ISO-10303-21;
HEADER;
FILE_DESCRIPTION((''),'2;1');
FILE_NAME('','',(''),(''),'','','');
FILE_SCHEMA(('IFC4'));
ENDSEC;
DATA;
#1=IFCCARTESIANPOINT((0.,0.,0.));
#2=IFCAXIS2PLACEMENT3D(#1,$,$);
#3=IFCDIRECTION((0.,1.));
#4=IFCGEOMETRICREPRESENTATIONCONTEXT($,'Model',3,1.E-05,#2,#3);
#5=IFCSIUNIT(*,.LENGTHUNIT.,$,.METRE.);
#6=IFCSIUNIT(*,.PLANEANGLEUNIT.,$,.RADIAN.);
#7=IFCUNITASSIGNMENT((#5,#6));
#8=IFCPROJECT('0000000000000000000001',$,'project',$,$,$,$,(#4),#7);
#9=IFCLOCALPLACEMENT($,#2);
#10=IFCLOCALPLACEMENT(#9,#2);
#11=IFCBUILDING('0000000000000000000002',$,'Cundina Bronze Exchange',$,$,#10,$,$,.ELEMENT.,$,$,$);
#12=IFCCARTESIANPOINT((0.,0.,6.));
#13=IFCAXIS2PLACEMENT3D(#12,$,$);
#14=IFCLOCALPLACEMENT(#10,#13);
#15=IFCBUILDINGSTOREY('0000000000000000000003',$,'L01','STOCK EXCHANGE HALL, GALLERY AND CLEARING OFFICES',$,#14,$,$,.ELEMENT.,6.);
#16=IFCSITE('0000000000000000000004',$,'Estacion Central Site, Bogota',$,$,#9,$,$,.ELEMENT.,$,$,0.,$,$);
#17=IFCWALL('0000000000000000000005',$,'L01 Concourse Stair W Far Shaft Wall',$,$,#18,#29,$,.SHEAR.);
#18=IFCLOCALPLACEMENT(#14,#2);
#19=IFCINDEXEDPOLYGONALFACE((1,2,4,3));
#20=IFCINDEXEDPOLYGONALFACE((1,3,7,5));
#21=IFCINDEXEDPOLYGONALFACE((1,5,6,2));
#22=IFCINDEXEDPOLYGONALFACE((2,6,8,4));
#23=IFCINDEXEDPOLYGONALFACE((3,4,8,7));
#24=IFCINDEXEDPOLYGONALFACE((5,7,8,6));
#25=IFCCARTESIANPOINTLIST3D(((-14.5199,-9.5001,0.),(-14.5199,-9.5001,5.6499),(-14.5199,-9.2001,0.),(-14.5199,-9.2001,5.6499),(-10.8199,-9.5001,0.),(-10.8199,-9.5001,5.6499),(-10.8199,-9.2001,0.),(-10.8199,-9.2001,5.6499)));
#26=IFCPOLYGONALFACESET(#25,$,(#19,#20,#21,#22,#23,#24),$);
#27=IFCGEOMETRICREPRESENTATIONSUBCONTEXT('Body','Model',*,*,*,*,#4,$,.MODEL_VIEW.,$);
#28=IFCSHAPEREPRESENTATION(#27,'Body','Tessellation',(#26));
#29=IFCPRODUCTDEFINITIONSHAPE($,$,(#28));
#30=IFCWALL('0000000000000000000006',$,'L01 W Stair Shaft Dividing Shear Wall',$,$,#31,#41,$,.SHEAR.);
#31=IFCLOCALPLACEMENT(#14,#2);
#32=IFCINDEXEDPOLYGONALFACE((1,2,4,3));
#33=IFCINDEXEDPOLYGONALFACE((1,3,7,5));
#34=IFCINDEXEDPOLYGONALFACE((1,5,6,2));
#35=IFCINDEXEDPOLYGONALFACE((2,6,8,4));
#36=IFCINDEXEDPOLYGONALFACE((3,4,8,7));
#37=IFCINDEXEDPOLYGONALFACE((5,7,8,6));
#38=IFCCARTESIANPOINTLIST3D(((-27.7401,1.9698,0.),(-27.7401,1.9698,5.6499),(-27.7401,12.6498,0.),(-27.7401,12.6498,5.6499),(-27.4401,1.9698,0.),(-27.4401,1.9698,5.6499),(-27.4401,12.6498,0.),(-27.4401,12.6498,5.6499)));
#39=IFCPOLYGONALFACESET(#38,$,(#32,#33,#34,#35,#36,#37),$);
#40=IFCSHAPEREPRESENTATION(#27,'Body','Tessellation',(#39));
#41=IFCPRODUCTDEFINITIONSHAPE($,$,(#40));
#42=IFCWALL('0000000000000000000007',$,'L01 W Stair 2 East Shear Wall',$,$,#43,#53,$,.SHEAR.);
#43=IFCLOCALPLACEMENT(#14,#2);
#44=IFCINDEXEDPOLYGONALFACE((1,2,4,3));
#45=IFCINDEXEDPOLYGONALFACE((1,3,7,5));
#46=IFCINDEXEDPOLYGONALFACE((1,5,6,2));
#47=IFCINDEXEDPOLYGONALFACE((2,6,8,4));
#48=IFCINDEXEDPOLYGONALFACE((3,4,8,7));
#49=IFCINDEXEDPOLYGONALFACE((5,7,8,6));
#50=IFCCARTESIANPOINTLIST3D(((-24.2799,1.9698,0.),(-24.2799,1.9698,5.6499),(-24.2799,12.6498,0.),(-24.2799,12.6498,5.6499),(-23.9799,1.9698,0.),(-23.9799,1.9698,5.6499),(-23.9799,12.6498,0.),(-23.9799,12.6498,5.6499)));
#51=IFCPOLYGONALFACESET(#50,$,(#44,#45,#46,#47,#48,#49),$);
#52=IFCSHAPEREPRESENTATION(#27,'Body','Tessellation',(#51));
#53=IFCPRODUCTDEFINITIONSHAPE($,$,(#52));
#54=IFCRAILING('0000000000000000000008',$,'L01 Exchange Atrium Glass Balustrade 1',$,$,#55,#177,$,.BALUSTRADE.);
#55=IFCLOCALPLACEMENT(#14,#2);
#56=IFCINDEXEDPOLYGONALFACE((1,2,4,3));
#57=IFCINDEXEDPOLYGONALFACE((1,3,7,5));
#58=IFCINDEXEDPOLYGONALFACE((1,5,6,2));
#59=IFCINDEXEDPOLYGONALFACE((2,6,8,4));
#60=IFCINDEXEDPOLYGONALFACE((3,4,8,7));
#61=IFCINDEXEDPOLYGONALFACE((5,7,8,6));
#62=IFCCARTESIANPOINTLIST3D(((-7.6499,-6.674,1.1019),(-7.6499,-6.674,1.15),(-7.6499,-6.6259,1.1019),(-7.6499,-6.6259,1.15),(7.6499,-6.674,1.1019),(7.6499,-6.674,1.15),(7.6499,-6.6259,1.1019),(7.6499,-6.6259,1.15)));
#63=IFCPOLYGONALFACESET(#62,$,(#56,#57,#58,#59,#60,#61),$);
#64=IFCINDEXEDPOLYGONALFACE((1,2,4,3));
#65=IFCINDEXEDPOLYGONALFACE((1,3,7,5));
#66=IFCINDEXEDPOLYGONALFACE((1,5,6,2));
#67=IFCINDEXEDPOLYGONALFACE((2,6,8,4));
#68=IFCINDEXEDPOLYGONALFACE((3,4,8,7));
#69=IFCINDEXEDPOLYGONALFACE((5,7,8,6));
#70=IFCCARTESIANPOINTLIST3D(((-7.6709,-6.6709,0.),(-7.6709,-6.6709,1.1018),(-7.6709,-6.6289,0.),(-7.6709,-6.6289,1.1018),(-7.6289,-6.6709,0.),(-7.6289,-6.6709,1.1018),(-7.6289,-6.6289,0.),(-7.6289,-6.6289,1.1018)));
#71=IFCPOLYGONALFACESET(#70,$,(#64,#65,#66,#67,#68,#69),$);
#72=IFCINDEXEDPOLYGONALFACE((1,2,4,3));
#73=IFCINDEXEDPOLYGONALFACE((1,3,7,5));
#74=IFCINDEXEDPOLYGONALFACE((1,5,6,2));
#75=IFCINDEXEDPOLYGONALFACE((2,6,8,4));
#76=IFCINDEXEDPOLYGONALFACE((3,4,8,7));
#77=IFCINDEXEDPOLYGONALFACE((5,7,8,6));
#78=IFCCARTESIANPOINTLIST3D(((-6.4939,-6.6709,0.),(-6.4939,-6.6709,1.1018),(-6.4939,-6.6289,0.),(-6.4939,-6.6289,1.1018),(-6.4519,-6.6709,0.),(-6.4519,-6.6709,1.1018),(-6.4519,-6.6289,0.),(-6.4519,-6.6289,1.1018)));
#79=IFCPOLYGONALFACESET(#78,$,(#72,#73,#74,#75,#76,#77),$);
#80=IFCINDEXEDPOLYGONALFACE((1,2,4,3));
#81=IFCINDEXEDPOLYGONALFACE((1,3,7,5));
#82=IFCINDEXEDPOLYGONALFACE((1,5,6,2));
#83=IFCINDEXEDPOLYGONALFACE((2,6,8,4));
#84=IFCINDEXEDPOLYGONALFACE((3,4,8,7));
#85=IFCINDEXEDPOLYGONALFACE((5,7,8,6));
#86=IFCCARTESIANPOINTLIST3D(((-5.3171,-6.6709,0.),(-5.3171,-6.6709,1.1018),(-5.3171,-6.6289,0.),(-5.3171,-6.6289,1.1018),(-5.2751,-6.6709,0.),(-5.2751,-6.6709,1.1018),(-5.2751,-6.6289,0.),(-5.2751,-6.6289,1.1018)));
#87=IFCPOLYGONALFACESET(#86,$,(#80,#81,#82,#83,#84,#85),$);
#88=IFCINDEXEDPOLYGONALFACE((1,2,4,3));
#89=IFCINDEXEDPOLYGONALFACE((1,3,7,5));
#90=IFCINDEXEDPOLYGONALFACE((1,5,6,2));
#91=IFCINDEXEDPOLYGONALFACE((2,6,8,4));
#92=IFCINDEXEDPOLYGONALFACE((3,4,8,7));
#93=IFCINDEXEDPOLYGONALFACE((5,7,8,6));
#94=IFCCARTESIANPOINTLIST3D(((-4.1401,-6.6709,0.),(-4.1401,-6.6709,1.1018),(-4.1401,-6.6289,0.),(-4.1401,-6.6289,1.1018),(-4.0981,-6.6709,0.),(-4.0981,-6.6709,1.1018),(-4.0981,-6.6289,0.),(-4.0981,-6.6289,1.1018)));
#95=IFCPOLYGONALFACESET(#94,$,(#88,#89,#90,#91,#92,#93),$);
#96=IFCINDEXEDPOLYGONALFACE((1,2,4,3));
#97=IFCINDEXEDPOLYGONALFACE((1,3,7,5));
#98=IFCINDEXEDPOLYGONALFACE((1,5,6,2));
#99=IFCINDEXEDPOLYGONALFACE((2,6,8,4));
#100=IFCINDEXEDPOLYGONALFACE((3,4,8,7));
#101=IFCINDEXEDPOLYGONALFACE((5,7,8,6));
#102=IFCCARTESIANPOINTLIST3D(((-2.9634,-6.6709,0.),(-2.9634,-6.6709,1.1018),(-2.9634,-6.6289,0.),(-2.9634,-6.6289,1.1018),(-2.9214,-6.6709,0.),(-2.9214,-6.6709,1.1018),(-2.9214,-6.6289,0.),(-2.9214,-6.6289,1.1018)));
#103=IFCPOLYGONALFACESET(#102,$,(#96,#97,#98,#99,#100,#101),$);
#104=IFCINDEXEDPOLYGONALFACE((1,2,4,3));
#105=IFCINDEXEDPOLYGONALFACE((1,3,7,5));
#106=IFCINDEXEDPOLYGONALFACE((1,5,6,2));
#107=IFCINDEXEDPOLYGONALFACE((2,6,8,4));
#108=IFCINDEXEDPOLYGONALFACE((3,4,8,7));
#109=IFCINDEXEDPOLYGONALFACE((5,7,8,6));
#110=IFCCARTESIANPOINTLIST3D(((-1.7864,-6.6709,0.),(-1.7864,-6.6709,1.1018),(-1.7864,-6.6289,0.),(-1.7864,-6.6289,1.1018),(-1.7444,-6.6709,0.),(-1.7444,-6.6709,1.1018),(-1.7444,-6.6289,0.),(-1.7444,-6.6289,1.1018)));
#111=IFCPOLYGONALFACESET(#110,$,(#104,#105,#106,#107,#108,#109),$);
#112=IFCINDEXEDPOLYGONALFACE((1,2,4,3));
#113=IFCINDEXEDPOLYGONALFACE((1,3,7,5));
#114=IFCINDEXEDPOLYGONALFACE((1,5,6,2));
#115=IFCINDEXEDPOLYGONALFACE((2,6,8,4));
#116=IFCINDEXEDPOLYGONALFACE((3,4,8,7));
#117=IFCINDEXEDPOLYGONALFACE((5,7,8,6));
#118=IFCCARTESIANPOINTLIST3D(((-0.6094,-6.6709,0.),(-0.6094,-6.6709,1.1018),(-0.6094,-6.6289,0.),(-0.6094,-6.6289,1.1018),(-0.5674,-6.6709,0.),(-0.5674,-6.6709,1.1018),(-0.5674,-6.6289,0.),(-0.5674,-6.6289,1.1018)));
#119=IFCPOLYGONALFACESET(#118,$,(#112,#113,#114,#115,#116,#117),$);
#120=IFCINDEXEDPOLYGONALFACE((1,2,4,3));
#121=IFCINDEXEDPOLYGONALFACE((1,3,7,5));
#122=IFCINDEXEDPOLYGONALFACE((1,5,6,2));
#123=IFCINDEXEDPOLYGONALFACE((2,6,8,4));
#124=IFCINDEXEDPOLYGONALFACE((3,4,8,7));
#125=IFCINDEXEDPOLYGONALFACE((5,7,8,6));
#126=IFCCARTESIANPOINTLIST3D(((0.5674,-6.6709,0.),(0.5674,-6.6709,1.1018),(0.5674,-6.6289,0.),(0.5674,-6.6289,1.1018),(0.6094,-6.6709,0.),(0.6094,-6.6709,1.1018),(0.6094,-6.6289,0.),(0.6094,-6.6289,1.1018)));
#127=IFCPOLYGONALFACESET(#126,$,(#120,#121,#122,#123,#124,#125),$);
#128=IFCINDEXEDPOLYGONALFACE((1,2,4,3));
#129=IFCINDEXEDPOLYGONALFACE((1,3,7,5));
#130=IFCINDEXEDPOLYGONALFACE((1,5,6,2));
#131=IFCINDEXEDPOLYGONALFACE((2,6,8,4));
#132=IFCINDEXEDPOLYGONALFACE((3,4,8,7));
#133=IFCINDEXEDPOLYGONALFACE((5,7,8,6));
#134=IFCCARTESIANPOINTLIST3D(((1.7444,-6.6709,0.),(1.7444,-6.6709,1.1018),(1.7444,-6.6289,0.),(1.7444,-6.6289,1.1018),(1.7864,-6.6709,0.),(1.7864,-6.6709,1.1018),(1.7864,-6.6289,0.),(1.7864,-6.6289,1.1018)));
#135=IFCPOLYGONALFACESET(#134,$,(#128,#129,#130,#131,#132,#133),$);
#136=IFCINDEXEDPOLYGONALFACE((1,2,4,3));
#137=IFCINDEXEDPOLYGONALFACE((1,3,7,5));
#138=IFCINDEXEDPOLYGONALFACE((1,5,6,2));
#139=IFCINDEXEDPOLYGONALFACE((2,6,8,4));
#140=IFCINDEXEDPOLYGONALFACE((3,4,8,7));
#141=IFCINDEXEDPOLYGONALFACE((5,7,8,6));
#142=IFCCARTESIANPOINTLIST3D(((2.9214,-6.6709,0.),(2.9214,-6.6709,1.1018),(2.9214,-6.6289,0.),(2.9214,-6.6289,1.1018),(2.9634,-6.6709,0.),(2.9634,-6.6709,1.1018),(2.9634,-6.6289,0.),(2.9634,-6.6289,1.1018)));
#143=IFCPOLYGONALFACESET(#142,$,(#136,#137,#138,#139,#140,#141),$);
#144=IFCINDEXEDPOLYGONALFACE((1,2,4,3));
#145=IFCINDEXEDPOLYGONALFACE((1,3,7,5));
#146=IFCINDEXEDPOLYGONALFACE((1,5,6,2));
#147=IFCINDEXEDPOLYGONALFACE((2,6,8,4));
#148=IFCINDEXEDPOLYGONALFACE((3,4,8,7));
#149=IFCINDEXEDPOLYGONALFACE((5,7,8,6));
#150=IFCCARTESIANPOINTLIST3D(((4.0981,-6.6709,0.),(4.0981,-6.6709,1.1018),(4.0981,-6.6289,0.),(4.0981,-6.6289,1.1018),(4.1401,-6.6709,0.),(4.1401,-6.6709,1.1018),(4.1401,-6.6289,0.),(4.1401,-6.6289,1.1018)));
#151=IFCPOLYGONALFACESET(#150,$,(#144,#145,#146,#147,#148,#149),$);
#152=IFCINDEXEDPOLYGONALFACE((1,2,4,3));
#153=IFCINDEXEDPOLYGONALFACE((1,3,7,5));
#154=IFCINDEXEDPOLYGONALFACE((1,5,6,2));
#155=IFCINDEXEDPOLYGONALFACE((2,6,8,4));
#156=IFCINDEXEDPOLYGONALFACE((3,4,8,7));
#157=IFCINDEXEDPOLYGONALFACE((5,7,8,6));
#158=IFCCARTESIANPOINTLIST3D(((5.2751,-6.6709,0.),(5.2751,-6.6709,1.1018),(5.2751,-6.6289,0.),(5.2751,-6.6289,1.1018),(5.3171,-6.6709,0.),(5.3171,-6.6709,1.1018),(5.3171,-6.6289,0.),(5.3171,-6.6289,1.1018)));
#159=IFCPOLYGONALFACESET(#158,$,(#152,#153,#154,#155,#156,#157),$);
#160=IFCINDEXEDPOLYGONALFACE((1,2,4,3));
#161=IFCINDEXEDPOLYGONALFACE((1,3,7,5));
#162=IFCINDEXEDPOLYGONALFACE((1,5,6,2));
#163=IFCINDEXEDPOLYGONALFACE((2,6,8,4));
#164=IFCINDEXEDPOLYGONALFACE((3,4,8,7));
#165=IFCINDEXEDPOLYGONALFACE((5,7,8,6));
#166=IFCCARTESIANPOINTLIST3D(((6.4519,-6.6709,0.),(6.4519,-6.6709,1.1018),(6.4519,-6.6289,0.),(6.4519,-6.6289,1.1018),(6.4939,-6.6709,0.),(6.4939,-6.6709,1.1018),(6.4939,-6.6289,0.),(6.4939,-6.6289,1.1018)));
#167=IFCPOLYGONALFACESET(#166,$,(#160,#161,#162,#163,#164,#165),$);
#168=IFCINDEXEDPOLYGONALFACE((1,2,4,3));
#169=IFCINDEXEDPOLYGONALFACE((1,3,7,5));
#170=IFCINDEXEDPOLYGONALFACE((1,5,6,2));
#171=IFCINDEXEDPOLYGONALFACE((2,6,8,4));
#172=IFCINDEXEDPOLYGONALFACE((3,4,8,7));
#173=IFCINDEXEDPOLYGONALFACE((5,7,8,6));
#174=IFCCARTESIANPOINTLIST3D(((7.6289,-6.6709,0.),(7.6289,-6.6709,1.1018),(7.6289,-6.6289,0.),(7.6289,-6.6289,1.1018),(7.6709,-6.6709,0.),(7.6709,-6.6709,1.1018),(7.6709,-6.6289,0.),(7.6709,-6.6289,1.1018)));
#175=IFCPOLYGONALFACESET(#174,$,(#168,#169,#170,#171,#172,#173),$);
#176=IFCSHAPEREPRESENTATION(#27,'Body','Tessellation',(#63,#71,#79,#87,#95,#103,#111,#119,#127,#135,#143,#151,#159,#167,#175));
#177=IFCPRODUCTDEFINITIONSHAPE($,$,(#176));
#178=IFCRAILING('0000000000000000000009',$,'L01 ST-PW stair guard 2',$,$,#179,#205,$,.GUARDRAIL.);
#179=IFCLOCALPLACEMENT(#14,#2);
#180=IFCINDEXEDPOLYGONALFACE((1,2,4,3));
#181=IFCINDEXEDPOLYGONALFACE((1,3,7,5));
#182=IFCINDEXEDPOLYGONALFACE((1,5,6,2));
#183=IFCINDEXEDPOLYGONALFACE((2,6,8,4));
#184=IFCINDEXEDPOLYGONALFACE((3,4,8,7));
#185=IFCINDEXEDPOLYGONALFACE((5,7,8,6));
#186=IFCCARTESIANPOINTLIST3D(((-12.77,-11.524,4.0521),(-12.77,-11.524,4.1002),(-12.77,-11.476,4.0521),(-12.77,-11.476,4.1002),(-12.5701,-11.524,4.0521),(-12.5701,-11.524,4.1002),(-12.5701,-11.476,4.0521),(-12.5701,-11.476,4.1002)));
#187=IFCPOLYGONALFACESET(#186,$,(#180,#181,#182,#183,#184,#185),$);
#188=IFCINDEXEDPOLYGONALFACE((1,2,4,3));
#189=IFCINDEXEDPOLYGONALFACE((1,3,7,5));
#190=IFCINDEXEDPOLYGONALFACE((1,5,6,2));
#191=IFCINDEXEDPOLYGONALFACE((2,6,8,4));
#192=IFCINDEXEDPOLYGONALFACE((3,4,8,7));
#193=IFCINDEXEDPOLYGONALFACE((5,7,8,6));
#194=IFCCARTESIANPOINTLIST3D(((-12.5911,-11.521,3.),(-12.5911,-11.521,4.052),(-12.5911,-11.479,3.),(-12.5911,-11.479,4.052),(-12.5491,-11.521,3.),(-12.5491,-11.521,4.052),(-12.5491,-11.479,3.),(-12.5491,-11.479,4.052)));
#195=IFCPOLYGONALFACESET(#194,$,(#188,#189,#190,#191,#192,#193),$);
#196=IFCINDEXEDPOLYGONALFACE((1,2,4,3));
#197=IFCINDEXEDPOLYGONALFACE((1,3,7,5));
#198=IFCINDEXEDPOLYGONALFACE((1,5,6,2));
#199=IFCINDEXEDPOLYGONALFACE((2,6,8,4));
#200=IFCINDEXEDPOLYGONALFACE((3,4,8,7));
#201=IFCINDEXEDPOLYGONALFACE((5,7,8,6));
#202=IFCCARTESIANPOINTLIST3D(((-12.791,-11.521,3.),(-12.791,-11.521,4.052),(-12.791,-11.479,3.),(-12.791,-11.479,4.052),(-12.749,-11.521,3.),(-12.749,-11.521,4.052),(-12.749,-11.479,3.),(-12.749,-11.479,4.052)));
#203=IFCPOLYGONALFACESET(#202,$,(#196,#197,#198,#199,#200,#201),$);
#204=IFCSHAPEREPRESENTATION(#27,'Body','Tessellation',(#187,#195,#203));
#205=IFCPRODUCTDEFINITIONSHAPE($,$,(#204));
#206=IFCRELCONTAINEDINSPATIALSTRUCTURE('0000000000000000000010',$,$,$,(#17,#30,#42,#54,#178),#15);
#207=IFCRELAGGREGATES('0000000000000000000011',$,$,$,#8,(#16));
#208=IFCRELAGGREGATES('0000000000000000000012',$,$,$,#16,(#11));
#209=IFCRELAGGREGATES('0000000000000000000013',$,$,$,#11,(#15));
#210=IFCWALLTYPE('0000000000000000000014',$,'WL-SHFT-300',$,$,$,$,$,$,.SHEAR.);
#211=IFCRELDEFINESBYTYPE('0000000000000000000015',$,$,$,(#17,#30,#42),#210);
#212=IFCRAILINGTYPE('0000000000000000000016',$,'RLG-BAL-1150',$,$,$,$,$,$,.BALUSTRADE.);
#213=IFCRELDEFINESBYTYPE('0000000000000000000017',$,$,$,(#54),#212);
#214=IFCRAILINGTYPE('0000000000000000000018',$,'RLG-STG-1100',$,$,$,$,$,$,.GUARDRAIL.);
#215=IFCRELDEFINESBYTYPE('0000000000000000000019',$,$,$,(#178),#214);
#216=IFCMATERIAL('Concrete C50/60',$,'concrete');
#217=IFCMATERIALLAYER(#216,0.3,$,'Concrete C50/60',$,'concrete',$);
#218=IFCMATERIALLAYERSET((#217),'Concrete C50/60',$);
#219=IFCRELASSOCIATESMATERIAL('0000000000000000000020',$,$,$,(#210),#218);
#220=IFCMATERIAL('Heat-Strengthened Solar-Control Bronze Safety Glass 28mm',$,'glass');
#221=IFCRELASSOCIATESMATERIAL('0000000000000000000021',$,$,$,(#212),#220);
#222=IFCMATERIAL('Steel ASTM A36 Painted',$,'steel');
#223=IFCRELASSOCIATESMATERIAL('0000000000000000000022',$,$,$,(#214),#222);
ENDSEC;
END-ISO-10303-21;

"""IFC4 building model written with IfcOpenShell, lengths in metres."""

from ifc_helpers import new_model, si_unit, direction, frame, frame_2d, origin, origin_2d, place, context, subcontext, project, spatial, rectangle, extrude, material, layer, layer_set, type_object, element, save


model = new_model("IFC4")

# Units and contexts
model_context = context("Model", 3, precision=1e-05, world=origin(), true_north=direction((0.0, 1.0)))
body_context = subcontext(model_context, "Body", "Model", "MODEL_VIEW")
ifc_project = project(units=[si_unit("LENGTHUNIT", "METRE"), si_unit("PLANEANGLEUNIT", "RADIAN")], contexts=[model_context])

# Site, building, storey
site_placement = place(None, origin())
site = spatial("IfcSite", under=ifc_project, at=site_placement, Name="Estacion Central Site, Bogota", CompositionType="ELEMENT", RefElevation=0.0)
building_placement = place(site_placement, origin())
building = spatial("IfcBuilding", under=site, at=building_placement, Name="Cundina Bronze Exchange", CompositionType="ELEMENT")
storey_placement = place(building_placement, frame((0.0, 0.0, 6.0)))
storey = spatial("IfcBuildingStorey", under=building, at=storey_placement, Name="L01", Description="STOCK EXCHANGE HALL, GALLERY AND CLEARING OFFICES", CompositionType="ELEMENT", Elevation=6.0)

# Shared definitions
ifc_material_1 = material(Name="Concrete C50/60", Category="concrete")

# Shared definitions
ifc_material_2 = material(Name="Steel ASTM A36 Painted", Category="steel")

# Walls
ifc_layer_1 = layer(ifc_material_1, 0.3, Name="Concrete C50/60", Category="concrete")
ifc_layer_set_1 = layer_set([ifc_layer_1], Name="Concrete C50/60")
wall_type_1 = type_object("IfcWallType", Name="WL-SHFT-300", PredefinedType="SHEAR", material=ifc_layer_set_1)
wall_1_placement = place(storey_placement, frame((-14.52, -9.3501, 0.0), z_axis=(0.0, 0.0, 1.0), x_axis=(1.0, 0.0, 0.0)))
element("IfcWall", 1, at=wall_1_placement, inside=storey, type_object=wall_type_1, Name="L01 Concourse Stair W Far Shaft Wall", PredefinedType="SHEAR", context=body_context, shape_type="SweptSolid", body=[
    extrude(rectangle(XDim=3.7, YDim=0.3, at=frame_2d((1.8501, 0.0))), origin(), (0.0, 0.0, 1.0), 5.6499),
])
for number, where, z_axis, x_axis, name in (
    (2, (-27.5901, 1.97, 0.0), (0.0, 0.0, 1.0), (0.0, 1.0, 0.0), "L01 W Stair Shaft Dividing Shear Wall"),
    (3, (-24.1299, 1.97, 0.0), (0.0, 0.0, 1.0), (0.0, 1.0, 0.0), "L01 W Stair 2 East Shear Wall"),
):
    element("IfcWall", number, at=place(storey_placement, frame(where, z_axis=z_axis, x_axis=x_axis)), inside=storey, type_object=wall_type_1, Name=name, PredefinedType="SHEAR", context=body_context, shape_type="SweptSolid", body=[
        extrude(rectangle(XDim=10.6799, YDim=0.3, at=frame_2d((5.3398, 0.0))), origin(), (0.0, 0.0, 1.0), 5.6499),
    ])

# Railings
ifc_material_3 = material(Name="Heat-Strengthened Solar-Control Bronze Safety Glass 28mm", Category="glass")
railing_type_1 = type_object("IfcRailingType", Name="RLG-BAL-1150", PredefinedType="BALUSTRADE", material=ifc_material_3)
railing_1_placement = place(storey_placement, frame((-7.6499, -6.6499, 0.0)))
element("IfcRailing", 4, at=railing_1_placement, inside=storey, type_object=railing_type_1, Name="L01 Exchange Atrium Glass Balustrade 1", PredefinedType="BALUSTRADE", context=body_context, shape_type="SweptSolid", body=[
    extrude(rectangle(XDim=0.0481, YDim=0.0481, at=origin_2d()), frame((0.0, 0.0, 1.126), z_axis=(1.0, 0.0, 0.0), x_axis=(0.0, 1.0, 0.0)), (0.0, 0.0, 1.0), 15.2998),
    extrude(rectangle(XDim=0.042, YDim=0.042, at=origin_2d()), origin(), (0.0, 0.0, 1.0), 1.1018),
    extrude(rectangle(XDim=0.042, YDim=0.042, at=origin_2d()), frame((1.177, 0.0, 0.0)), (0.0, 0.0, 1.0), 1.1018),
    extrude(rectangle(XDim=0.042, YDim=0.042, at=origin_2d()), frame((2.3538, 0.0, 0.0)), (0.0, 0.0, 1.0), 1.1018),
    extrude(rectangle(XDim=0.042, YDim=0.042, at=origin_2d()), frame((3.5308, 0.0, 0.0)), (0.0, 0.0, 1.0), 1.1018),
    extrude(rectangle(XDim=0.042, YDim=0.042, at=origin_2d()), frame((4.7075, 0.0, 0.0)), (0.0, 0.0, 1.0), 1.1018),
    extrude(rectangle(XDim=0.042, YDim=0.042, at=origin_2d()), frame((5.8845, 0.0, 0.0)), (0.0, 0.0, 1.0), 1.1018),
    extrude(rectangle(XDim=0.042, YDim=0.042, at=origin_2d()), frame((7.0615, 0.0, 0.0)), (0.0, 0.0, 1.0), 1.1018),
    extrude(rectangle(XDim=0.042, YDim=0.042, at=origin_2d()), frame((8.2383, 0.0, 0.0)), (0.0, 0.0, 1.0), 1.1018),
    extrude(rectangle(XDim=0.042, YDim=0.042, at=origin_2d()), frame((9.4153, 0.0, 0.0)), (0.0, 0.0, 1.0), 1.1018),
    extrude(rectangle(XDim=0.042, YDim=0.042, at=origin_2d()), frame((10.5923, 0.0, 0.0)), (0.0, 0.0, 1.0), 1.1018),
    extrude(rectangle(XDim=0.042, YDim=0.042, at=origin_2d()), frame((11.769, 0.0, 0.0)), (0.0, 0.0, 1.0), 1.1018),
    extrude(rectangle(XDim=0.042, YDim=0.042, at=origin_2d()), frame((12.946, 0.0, 0.0)), (0.0, 0.0, 1.0), 1.1018),
    extrude(rectangle(XDim=0.042, YDim=0.042, at=origin_2d()), frame((14.1228, 0.0, 0.0)), (0.0, 0.0, 1.0), 1.1018),
    extrude(rectangle(XDim=0.042, YDim=0.042, at=origin_2d()), frame((15.2998, 0.0, 0.0)), (0.0, 0.0, 1.0), 1.1018),
])
railing_type_2 = type_object("IfcRailingType", Name="RLG-STG-1100", PredefinedType="GUARDRAIL", material=ifc_material_2)
railing_2_placement = place(storey_placement, frame((-12.5701, -11.5, 3.0)))
element("IfcRailing", 5, at=railing_2_placement, inside=storey, type_object=railing_type_2, Name="L01 ST-PW stair guard 2", PredefinedType="GUARDRAIL", context=body_context, shape_type="SweptSolid", body=[
    extrude(rectangle(XDim=0.0481, YDim=0.0481, at=origin_2d()), frame((0.0, 0.0, 1.0762), z_axis=(-1.0, 0.0, 0.0), x_axis=(0.0, -1.0, 0.0)), (0.0, 0.0, 1.0), 0.2),
    extrude(rectangle(XDim=0.042, YDim=0.042, at=origin_2d()), origin(), (0.0, 0.0, 1.0), 1.052),
    extrude(rectangle(XDim=0.042, YDim=0.042, at=origin_2d()), frame((-0.2, 0.0, 0.0)), (0.0, 0.0, 1.0), 1.052),
])

save(model, "model.ifc")
